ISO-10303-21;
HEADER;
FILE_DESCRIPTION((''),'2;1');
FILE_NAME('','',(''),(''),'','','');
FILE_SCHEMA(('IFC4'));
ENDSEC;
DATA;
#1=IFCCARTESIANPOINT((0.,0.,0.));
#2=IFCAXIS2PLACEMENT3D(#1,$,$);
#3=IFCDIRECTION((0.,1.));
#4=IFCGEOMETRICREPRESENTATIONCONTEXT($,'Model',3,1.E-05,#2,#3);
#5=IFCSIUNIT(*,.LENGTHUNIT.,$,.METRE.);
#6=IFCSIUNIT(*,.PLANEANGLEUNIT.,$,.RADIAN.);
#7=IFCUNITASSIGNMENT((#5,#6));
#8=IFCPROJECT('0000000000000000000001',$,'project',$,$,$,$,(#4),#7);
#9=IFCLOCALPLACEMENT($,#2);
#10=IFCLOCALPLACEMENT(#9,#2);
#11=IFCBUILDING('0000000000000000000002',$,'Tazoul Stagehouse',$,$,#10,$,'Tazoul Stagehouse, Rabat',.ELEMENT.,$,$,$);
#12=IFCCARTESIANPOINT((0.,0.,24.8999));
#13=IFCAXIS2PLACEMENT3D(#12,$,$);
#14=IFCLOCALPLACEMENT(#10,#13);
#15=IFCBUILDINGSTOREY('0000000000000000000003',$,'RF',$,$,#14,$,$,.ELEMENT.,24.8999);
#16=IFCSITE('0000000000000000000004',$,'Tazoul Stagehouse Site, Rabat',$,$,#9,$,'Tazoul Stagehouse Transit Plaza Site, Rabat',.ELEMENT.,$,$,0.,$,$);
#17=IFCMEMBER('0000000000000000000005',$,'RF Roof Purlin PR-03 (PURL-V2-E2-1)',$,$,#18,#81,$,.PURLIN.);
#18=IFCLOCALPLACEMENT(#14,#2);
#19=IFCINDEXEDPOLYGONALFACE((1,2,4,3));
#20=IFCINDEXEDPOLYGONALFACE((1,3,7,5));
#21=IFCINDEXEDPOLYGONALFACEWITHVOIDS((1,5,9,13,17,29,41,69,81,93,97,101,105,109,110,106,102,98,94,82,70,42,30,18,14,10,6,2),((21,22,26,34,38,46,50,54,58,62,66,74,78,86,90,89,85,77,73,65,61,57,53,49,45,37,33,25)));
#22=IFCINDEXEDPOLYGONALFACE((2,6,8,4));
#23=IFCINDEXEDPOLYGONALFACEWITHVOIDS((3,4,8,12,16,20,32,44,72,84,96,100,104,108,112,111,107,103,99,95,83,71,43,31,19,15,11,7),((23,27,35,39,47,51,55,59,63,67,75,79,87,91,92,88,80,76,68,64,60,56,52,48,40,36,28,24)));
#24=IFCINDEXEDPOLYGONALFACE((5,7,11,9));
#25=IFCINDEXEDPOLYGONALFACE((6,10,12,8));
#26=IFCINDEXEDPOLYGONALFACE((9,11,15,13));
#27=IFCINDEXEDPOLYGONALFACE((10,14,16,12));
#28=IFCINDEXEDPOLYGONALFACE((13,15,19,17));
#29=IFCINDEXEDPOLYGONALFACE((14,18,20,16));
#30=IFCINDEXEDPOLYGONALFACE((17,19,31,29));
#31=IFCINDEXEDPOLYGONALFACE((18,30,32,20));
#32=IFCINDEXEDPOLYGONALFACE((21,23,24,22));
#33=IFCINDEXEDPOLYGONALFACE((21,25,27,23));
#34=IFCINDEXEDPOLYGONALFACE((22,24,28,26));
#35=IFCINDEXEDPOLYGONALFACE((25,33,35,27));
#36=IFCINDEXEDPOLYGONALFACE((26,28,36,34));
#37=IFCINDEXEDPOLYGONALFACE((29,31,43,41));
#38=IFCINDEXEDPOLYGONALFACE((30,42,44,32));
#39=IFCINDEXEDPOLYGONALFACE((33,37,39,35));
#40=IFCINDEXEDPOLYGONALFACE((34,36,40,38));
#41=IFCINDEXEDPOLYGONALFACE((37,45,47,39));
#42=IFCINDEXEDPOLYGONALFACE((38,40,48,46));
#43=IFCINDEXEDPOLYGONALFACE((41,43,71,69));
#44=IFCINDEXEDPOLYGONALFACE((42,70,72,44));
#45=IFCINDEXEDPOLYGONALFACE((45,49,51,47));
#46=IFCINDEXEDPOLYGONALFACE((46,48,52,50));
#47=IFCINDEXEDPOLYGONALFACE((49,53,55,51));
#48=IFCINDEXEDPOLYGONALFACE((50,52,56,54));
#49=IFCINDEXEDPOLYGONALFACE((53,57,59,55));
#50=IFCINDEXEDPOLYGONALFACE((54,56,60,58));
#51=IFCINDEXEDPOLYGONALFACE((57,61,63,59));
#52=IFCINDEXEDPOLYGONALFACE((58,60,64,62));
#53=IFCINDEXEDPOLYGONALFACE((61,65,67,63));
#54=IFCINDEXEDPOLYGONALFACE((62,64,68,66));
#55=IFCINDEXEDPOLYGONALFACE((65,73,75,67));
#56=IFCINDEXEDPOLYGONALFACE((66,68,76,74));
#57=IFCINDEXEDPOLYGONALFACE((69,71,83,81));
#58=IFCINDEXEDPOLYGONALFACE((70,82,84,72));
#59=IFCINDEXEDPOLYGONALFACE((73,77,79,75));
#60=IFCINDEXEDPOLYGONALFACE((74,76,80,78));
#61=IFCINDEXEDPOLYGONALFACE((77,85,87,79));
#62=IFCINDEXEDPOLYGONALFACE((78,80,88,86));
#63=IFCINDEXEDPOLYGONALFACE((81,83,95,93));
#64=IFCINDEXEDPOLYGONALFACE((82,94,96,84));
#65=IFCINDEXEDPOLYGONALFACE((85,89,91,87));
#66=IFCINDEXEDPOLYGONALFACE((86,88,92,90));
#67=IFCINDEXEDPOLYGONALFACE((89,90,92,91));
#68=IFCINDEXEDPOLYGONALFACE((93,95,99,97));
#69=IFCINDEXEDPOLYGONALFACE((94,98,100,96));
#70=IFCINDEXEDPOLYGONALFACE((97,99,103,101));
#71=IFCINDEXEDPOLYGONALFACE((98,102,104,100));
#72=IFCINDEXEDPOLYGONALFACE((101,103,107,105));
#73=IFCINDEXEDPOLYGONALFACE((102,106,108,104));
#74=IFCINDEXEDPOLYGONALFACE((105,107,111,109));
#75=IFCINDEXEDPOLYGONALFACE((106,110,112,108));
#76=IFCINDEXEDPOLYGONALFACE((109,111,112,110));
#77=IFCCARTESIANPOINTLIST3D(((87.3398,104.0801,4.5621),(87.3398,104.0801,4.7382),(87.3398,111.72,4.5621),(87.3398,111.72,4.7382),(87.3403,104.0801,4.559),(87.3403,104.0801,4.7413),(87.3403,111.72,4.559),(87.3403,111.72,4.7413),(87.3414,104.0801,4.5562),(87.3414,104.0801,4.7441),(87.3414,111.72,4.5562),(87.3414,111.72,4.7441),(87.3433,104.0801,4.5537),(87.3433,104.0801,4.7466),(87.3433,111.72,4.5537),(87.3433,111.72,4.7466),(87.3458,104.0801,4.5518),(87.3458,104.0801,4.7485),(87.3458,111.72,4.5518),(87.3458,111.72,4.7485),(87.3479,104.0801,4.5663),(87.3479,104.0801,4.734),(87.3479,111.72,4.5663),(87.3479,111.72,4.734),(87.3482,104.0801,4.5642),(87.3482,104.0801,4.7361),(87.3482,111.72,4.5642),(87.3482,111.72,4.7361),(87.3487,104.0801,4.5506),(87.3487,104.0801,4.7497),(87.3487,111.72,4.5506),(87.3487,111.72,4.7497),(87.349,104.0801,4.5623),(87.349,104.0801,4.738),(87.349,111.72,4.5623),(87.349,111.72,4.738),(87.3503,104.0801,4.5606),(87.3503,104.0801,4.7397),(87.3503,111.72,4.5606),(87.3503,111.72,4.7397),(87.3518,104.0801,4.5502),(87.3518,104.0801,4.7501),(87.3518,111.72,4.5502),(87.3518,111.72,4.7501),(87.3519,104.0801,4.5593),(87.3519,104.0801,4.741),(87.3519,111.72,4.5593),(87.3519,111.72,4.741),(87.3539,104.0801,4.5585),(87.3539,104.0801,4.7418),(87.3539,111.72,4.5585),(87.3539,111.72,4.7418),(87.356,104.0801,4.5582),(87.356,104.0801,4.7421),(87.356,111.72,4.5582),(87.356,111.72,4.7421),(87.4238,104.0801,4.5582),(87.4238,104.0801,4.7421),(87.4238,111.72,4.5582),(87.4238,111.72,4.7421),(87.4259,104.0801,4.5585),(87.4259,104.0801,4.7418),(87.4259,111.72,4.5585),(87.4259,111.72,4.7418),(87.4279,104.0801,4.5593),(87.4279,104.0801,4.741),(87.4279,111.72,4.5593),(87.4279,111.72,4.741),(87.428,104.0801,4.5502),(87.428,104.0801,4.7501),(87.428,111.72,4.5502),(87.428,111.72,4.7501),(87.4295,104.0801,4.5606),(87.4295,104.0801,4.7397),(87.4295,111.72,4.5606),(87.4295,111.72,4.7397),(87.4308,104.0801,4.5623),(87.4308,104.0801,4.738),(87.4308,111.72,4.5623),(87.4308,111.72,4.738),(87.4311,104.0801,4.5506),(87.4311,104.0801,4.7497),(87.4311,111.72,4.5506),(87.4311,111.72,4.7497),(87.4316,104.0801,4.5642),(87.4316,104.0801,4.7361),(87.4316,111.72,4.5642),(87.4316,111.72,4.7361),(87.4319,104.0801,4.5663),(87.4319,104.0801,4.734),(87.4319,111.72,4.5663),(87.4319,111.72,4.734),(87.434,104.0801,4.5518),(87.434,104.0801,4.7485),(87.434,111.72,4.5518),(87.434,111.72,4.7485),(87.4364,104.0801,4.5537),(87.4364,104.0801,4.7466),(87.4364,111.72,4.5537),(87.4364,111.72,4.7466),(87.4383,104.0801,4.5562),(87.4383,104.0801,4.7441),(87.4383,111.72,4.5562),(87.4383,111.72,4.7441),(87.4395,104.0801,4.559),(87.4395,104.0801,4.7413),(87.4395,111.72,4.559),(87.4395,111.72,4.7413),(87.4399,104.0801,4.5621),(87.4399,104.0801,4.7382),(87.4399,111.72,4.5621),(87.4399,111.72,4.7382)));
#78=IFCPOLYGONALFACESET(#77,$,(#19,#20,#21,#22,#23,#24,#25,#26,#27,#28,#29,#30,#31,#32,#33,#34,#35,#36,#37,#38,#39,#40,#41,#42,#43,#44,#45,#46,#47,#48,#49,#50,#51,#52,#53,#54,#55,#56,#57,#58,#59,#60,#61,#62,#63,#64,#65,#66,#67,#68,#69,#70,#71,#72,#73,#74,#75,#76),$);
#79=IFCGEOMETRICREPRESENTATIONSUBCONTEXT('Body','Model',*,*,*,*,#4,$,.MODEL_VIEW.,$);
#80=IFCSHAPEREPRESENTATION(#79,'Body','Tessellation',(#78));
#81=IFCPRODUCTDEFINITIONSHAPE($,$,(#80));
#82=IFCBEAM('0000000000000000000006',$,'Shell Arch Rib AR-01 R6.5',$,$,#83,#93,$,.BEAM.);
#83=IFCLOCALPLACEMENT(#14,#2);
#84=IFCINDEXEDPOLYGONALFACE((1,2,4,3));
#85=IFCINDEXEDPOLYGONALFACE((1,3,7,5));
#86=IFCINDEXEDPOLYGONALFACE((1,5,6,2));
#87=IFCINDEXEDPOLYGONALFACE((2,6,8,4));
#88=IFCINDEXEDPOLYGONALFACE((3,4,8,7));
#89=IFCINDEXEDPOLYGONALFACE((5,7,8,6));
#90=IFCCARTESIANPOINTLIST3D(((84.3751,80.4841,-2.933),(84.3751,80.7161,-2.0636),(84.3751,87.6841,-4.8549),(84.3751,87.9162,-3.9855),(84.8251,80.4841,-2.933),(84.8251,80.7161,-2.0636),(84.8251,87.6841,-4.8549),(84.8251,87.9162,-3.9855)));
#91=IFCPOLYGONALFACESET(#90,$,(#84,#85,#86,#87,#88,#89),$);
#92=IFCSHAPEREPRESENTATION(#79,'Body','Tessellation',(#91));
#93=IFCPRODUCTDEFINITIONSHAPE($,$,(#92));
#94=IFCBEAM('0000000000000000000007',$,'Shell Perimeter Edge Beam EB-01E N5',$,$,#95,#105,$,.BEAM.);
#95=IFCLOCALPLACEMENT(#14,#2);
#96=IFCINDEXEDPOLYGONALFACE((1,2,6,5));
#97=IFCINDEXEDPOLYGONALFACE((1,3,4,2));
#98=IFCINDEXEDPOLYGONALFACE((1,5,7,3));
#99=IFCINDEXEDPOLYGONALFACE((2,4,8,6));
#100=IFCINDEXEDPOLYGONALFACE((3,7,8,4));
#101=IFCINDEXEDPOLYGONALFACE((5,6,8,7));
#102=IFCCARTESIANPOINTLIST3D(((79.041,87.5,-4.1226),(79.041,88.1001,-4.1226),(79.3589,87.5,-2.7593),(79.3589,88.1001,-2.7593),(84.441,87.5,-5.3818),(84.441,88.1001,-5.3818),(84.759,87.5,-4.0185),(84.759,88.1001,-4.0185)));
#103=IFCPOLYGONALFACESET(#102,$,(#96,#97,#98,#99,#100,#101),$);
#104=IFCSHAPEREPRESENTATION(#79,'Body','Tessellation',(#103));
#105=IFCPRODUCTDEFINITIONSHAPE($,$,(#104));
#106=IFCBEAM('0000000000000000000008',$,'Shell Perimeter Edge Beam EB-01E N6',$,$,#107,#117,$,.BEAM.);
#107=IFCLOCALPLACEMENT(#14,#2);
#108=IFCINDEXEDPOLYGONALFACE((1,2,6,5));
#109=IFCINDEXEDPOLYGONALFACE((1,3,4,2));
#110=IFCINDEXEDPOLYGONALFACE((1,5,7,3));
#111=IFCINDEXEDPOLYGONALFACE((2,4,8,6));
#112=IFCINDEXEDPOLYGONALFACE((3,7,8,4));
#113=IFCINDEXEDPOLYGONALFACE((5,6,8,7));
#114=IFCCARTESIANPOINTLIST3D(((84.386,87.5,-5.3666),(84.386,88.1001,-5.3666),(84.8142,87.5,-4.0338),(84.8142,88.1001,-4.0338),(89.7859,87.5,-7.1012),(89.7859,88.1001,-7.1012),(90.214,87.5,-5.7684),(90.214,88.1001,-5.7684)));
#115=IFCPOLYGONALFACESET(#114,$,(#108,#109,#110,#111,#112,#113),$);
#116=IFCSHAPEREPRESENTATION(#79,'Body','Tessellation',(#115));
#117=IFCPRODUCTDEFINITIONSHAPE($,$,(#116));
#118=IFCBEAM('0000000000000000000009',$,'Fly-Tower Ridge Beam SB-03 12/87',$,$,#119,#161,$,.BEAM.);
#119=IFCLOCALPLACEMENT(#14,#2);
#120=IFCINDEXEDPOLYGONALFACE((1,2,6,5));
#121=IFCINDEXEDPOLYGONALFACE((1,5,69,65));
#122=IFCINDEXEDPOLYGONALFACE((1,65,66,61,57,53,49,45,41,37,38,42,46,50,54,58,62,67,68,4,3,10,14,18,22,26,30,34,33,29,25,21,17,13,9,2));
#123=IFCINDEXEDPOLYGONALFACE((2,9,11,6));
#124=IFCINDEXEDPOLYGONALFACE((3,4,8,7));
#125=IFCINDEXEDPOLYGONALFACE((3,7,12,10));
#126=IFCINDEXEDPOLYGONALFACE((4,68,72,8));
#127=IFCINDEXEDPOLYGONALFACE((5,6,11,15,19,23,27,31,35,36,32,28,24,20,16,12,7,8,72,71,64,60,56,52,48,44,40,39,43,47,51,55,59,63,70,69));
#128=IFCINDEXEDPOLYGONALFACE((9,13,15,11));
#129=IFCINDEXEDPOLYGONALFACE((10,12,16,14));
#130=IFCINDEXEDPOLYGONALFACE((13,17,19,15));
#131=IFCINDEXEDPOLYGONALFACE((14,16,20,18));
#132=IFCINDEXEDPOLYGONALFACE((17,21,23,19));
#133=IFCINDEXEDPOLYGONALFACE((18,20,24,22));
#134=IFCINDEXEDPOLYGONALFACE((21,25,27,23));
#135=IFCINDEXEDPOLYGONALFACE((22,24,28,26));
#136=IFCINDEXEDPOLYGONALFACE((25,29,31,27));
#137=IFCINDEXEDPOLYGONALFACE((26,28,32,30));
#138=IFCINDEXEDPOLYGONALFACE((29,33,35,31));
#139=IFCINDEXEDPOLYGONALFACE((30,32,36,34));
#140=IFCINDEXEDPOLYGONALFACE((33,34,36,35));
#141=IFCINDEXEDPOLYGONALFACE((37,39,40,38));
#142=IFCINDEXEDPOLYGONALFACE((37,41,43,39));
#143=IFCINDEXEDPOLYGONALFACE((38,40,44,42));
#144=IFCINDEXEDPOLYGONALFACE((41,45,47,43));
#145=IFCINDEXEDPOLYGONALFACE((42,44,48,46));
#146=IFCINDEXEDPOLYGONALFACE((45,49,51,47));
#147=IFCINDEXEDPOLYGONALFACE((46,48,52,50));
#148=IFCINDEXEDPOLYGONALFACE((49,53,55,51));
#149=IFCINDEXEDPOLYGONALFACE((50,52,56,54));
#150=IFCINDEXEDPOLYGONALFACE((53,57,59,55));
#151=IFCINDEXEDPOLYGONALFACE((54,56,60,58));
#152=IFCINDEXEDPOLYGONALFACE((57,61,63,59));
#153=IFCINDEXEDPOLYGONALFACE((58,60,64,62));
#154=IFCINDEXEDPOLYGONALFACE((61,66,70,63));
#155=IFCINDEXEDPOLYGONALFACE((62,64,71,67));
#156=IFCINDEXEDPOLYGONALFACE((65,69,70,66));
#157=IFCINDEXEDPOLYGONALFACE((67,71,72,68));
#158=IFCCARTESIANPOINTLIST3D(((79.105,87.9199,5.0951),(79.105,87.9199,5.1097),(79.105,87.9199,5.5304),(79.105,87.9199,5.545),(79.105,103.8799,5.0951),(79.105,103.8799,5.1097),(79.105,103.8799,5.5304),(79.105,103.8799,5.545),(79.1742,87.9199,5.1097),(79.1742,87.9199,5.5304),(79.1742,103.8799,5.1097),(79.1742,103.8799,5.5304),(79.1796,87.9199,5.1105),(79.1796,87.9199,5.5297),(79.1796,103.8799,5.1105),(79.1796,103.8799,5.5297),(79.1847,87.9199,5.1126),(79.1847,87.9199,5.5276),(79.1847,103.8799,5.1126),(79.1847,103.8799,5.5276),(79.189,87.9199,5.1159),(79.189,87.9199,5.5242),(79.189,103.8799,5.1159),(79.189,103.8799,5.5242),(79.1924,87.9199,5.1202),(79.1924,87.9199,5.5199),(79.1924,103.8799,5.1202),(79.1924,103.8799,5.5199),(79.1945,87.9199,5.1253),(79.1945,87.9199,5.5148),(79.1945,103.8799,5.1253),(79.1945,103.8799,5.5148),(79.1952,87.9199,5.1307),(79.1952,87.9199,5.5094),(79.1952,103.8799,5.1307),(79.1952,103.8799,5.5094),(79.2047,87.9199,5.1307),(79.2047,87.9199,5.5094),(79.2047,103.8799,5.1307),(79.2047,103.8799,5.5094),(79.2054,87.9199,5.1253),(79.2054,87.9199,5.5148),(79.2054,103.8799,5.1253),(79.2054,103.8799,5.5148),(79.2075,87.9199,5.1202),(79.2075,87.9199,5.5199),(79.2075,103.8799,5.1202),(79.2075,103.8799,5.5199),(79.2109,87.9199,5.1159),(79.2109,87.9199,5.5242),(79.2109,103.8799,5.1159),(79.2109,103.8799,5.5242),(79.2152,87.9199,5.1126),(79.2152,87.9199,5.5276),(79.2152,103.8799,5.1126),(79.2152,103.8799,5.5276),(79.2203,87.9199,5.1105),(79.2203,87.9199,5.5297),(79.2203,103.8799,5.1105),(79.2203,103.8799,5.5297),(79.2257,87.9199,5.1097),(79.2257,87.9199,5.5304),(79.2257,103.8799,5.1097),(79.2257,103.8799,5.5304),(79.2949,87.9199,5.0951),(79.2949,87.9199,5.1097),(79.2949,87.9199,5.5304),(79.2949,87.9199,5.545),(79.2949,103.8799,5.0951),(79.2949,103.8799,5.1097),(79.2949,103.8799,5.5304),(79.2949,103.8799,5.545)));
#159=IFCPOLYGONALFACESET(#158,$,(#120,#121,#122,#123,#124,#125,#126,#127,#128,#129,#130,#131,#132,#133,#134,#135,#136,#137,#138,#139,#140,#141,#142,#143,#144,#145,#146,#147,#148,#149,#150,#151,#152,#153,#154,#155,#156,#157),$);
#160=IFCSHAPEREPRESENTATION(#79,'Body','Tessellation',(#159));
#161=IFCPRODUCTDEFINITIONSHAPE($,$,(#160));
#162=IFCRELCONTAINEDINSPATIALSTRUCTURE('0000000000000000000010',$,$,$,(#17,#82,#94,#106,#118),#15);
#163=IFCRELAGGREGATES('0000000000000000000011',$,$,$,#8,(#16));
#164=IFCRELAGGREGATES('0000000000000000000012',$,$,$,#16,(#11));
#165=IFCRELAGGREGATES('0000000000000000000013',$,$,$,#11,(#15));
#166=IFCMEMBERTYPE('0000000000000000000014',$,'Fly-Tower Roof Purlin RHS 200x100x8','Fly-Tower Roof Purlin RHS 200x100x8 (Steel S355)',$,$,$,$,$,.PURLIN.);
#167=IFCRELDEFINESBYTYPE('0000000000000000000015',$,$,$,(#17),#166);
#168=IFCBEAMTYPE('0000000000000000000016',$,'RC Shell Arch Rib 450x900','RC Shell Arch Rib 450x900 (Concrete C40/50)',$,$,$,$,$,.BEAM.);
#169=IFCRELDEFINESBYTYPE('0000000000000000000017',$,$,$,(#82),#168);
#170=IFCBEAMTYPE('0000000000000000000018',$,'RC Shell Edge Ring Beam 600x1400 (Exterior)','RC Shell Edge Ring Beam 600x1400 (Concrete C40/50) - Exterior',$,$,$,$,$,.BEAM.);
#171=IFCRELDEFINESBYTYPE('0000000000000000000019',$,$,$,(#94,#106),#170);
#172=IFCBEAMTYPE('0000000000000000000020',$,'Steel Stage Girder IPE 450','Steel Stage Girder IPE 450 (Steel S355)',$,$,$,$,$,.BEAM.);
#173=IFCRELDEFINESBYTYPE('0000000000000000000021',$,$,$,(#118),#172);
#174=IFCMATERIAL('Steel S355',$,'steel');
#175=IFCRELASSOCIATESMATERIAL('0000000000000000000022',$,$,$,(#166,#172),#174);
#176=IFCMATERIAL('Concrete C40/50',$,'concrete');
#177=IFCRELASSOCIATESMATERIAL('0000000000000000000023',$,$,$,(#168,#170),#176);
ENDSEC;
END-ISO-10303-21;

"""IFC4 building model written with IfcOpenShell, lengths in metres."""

from ifc_helpers import new_model, si_unit, direction, frame, origin, origin_2d, place, context, subcontext, project, spatial, rectangle, hollow_rectangle, i_section, extrude, material, material_profile, profile_set, type_object, element, save


model = new_model("IFC4")

# Units and contexts
model_context = context("Model", 3, precision=1e-05, world=origin(), true_north=direction((0.0, 1.0)))
body_context = subcontext(model_context, "Body", "Model", "MODEL_VIEW")
ifc_project = project(units=[si_unit("LENGTHUNIT", "METRE"), si_unit("PLANEANGLEUNIT", "RADIAN")], contexts=[model_context])

# Site, building, storey
site_placement = place(None, origin())
site = spatial("IfcSite", under=ifc_project, at=site_placement, Name="Tazoul Stagehouse Site, Rabat", LongName="Tazoul Stagehouse Transit Plaza Site, Rabat", CompositionType="ELEMENT", RefElevation=0.0)
building_placement = place(site_placement, origin())
building = spatial("IfcBuilding", under=site, at=building_placement, Name="Tazoul Stagehouse", LongName="Tazoul Stagehouse, Rabat", CompositionType="ELEMENT")
storey_placement = place(building_placement, frame((0.0, 0.0, 24.8999)))
storey = spatial("IfcBuildingStorey", under=building, at=storey_placement, Name="RF", CompositionType="ELEMENT", Elevation=24.8999)

# Shared definitions
ifc_material_1 = material(Name="Steel S355", Category="steel")

# Member
ifc_material_profile_1 = material_profile(ifc_material_1, hollow_rectangle(XDim=0.1001, YDim=0.2, WallThickness=0.0081, InnerFilletRadius=0.0081, OuterFilletRadius=0.012, at=origin_2d()), Name="RHS 200x100x8")
ifc_profile_set_1 = profile_set([ifc_material_profile_1], Name="Steel S355")
member_type = type_object("IfcMemberType", Name="Fly-Tower Roof Purlin RHS 200x100x8", Description="Fly-Tower Roof Purlin RHS 200x100x8 (Steel S355)", PredefinedType="PURLIN", material=ifc_profile_set_1)
member_1_placement = place(storey_placement, frame((87.3899, 104.0801, 4.6501), z_axis=(0.0, 1.0, 0.0), x_axis=(-1.0, 0.0, 0.0)))
element("IfcMember", 1, at=member_1_placement, inside=storey, type_object=member_type, Name="RF Roof Purlin PR-03 (PURL-V2-E2-1)", PredefinedType="PURLIN", context=body_context, shape_type="SweptSolid", body=[
    extrude(hollow_rectangle(XDim=0.1001, YDim=0.2, WallThickness=0.0081, InnerFilletRadius=0.0081, OuterFilletRadius=0.012, at=origin_2d()), origin(), (0.0, 0.0, 1.0), 7.6399),
])

# Beams
ifc_material_2 = material(Name="Concrete C40/50", Category="concrete")
ifc_material_profile_2 = material_profile(ifc_material_2, rectangle(XDim=0.45, YDim=0.8999, at=origin_2d()), Name="RC 450x900")
ifc_profile_set_2 = profile_set([ifc_material_profile_2], Name="Concrete C40/50")
beam_type_1 = type_object("IfcBeamType", Name="RC Shell Arch Rib 450x900", Description="RC Shell Arch Rib 450x900 (Concrete C40/50)", PredefinedType="BEAM", material=ifc_profile_set_2)
beam_1_placement = place(storey_placement, frame((84.6001, 80.6001, -2.4983), z_axis=(0.0, 0.966172, -0.257899), x_axis=(-1.0, 0.0, 0.0)))
element("IfcBeam", 2, at=beam_1_placement, inside=storey, type_object=beam_type_1, Name="Shell Arch Rib AR-01 R6.5", PredefinedType="BEAM", context=body_context, shape_type="SweptSolid", body=[
    extrude(rectangle(XDim=0.45, YDim=0.8999, at=origin_2d()), origin(), (0.0, 0.0, 1.0), 7.4521),
])
ifc_material_profile_3 = material_profile(ifc_material_2, rectangle(XDim=0.6001, YDim=1.3999, at=origin_2d()), Name="RC 600x1400")
ifc_profile_set_3 = profile_set([ifc_material_profile_3], Name="Concrete C40/50")
beam_type_2 = type_object("IfcBeamType", Name="RC Shell Edge Ring Beam 600x1400 (Exterior)", Description="RC Shell Edge Ring Beam 600x1400 (Concrete C40/50) - Exterior", PredefinedType="BEAM", material=ifc_profile_set_3)
beam_2_placement = place(storey_placement, frame((79.2, 87.8, -3.4409), z_axis=(0.973871, 0.0, -0.2271), x_axis=(0.0, 1.0, 0.0)))
element("IfcBeam", 3, at=beam_2_placement, inside=storey, type_object=beam_type_2, Name="Shell Perimeter Edge Beam EB-01E N5", PredefinedType="BEAM", context=body_context, shape_type="SweptSolid", body=[
    extrude(rectangle(XDim=0.6001, YDim=1.3999, at=origin_2d()), origin(), (0.0, 0.0, 1.0), 5.5449),
])
beam_3_placement = place(storey_placement, frame((84.6001, 87.8, -4.7002), z_axis=(0.952083, 0.0, -0.305839), x_axis=(0.0, 1.0, 0.0)))
element("IfcBeam", 4, at=beam_3_placement, inside=storey, type_object=beam_type_2, Name="Shell Perimeter Edge Beam EB-01E N6", PredefinedType="BEAM", context=body_context, shape_type="SweptSolid", body=[
    extrude(rectangle(XDim=0.6001, YDim=1.3999, at=origin_2d()), origin(), (0.0, 0.0, 1.0), 5.6716),
])
ifc_material_profile_4 = material_profile(ifc_material_1, i_section(OverallWidth=0.1899, OverallDepth=0.45, WebThickness=0.0095, FlangeThickness=0.0146, FilletRadius=0.021, at=origin_2d()), Name="IPE 450")
ifc_profile_set_4 = profile_set([ifc_material_profile_4], Name="Steel S355")
beam_type_3 = type_object("IfcBeamType", Name="Steel Stage Girder IPE 450", Description="Steel Stage Girder IPE 450 (Steel S355)", PredefinedType="BEAM", material=ifc_profile_set_4)
beam_4_placement = place(storey_placement, frame((79.2, 87.9199, 5.3201), z_axis=(0.0, 1.0, 0.0), x_axis=(-1.0, 0.0, 0.0)))
element("IfcBeam", 5, at=beam_4_placement, inside=storey, type_object=beam_type_3, Name="Fly-Tower Ridge Beam SB-03 12/87", PredefinedType="BEAM", context=body_context, shape_type="SweptSolid", body=[
    extrude(i_section(OverallWidth=0.1899, OverallDepth=0.45, WebThickness=0.0095, FlangeThickness=0.0146, FilletRadius=0.021, at=origin_2d()), origin(), (0.0, 0.0, 1.0), 15.96),
])

save(model, "model.ifc")
